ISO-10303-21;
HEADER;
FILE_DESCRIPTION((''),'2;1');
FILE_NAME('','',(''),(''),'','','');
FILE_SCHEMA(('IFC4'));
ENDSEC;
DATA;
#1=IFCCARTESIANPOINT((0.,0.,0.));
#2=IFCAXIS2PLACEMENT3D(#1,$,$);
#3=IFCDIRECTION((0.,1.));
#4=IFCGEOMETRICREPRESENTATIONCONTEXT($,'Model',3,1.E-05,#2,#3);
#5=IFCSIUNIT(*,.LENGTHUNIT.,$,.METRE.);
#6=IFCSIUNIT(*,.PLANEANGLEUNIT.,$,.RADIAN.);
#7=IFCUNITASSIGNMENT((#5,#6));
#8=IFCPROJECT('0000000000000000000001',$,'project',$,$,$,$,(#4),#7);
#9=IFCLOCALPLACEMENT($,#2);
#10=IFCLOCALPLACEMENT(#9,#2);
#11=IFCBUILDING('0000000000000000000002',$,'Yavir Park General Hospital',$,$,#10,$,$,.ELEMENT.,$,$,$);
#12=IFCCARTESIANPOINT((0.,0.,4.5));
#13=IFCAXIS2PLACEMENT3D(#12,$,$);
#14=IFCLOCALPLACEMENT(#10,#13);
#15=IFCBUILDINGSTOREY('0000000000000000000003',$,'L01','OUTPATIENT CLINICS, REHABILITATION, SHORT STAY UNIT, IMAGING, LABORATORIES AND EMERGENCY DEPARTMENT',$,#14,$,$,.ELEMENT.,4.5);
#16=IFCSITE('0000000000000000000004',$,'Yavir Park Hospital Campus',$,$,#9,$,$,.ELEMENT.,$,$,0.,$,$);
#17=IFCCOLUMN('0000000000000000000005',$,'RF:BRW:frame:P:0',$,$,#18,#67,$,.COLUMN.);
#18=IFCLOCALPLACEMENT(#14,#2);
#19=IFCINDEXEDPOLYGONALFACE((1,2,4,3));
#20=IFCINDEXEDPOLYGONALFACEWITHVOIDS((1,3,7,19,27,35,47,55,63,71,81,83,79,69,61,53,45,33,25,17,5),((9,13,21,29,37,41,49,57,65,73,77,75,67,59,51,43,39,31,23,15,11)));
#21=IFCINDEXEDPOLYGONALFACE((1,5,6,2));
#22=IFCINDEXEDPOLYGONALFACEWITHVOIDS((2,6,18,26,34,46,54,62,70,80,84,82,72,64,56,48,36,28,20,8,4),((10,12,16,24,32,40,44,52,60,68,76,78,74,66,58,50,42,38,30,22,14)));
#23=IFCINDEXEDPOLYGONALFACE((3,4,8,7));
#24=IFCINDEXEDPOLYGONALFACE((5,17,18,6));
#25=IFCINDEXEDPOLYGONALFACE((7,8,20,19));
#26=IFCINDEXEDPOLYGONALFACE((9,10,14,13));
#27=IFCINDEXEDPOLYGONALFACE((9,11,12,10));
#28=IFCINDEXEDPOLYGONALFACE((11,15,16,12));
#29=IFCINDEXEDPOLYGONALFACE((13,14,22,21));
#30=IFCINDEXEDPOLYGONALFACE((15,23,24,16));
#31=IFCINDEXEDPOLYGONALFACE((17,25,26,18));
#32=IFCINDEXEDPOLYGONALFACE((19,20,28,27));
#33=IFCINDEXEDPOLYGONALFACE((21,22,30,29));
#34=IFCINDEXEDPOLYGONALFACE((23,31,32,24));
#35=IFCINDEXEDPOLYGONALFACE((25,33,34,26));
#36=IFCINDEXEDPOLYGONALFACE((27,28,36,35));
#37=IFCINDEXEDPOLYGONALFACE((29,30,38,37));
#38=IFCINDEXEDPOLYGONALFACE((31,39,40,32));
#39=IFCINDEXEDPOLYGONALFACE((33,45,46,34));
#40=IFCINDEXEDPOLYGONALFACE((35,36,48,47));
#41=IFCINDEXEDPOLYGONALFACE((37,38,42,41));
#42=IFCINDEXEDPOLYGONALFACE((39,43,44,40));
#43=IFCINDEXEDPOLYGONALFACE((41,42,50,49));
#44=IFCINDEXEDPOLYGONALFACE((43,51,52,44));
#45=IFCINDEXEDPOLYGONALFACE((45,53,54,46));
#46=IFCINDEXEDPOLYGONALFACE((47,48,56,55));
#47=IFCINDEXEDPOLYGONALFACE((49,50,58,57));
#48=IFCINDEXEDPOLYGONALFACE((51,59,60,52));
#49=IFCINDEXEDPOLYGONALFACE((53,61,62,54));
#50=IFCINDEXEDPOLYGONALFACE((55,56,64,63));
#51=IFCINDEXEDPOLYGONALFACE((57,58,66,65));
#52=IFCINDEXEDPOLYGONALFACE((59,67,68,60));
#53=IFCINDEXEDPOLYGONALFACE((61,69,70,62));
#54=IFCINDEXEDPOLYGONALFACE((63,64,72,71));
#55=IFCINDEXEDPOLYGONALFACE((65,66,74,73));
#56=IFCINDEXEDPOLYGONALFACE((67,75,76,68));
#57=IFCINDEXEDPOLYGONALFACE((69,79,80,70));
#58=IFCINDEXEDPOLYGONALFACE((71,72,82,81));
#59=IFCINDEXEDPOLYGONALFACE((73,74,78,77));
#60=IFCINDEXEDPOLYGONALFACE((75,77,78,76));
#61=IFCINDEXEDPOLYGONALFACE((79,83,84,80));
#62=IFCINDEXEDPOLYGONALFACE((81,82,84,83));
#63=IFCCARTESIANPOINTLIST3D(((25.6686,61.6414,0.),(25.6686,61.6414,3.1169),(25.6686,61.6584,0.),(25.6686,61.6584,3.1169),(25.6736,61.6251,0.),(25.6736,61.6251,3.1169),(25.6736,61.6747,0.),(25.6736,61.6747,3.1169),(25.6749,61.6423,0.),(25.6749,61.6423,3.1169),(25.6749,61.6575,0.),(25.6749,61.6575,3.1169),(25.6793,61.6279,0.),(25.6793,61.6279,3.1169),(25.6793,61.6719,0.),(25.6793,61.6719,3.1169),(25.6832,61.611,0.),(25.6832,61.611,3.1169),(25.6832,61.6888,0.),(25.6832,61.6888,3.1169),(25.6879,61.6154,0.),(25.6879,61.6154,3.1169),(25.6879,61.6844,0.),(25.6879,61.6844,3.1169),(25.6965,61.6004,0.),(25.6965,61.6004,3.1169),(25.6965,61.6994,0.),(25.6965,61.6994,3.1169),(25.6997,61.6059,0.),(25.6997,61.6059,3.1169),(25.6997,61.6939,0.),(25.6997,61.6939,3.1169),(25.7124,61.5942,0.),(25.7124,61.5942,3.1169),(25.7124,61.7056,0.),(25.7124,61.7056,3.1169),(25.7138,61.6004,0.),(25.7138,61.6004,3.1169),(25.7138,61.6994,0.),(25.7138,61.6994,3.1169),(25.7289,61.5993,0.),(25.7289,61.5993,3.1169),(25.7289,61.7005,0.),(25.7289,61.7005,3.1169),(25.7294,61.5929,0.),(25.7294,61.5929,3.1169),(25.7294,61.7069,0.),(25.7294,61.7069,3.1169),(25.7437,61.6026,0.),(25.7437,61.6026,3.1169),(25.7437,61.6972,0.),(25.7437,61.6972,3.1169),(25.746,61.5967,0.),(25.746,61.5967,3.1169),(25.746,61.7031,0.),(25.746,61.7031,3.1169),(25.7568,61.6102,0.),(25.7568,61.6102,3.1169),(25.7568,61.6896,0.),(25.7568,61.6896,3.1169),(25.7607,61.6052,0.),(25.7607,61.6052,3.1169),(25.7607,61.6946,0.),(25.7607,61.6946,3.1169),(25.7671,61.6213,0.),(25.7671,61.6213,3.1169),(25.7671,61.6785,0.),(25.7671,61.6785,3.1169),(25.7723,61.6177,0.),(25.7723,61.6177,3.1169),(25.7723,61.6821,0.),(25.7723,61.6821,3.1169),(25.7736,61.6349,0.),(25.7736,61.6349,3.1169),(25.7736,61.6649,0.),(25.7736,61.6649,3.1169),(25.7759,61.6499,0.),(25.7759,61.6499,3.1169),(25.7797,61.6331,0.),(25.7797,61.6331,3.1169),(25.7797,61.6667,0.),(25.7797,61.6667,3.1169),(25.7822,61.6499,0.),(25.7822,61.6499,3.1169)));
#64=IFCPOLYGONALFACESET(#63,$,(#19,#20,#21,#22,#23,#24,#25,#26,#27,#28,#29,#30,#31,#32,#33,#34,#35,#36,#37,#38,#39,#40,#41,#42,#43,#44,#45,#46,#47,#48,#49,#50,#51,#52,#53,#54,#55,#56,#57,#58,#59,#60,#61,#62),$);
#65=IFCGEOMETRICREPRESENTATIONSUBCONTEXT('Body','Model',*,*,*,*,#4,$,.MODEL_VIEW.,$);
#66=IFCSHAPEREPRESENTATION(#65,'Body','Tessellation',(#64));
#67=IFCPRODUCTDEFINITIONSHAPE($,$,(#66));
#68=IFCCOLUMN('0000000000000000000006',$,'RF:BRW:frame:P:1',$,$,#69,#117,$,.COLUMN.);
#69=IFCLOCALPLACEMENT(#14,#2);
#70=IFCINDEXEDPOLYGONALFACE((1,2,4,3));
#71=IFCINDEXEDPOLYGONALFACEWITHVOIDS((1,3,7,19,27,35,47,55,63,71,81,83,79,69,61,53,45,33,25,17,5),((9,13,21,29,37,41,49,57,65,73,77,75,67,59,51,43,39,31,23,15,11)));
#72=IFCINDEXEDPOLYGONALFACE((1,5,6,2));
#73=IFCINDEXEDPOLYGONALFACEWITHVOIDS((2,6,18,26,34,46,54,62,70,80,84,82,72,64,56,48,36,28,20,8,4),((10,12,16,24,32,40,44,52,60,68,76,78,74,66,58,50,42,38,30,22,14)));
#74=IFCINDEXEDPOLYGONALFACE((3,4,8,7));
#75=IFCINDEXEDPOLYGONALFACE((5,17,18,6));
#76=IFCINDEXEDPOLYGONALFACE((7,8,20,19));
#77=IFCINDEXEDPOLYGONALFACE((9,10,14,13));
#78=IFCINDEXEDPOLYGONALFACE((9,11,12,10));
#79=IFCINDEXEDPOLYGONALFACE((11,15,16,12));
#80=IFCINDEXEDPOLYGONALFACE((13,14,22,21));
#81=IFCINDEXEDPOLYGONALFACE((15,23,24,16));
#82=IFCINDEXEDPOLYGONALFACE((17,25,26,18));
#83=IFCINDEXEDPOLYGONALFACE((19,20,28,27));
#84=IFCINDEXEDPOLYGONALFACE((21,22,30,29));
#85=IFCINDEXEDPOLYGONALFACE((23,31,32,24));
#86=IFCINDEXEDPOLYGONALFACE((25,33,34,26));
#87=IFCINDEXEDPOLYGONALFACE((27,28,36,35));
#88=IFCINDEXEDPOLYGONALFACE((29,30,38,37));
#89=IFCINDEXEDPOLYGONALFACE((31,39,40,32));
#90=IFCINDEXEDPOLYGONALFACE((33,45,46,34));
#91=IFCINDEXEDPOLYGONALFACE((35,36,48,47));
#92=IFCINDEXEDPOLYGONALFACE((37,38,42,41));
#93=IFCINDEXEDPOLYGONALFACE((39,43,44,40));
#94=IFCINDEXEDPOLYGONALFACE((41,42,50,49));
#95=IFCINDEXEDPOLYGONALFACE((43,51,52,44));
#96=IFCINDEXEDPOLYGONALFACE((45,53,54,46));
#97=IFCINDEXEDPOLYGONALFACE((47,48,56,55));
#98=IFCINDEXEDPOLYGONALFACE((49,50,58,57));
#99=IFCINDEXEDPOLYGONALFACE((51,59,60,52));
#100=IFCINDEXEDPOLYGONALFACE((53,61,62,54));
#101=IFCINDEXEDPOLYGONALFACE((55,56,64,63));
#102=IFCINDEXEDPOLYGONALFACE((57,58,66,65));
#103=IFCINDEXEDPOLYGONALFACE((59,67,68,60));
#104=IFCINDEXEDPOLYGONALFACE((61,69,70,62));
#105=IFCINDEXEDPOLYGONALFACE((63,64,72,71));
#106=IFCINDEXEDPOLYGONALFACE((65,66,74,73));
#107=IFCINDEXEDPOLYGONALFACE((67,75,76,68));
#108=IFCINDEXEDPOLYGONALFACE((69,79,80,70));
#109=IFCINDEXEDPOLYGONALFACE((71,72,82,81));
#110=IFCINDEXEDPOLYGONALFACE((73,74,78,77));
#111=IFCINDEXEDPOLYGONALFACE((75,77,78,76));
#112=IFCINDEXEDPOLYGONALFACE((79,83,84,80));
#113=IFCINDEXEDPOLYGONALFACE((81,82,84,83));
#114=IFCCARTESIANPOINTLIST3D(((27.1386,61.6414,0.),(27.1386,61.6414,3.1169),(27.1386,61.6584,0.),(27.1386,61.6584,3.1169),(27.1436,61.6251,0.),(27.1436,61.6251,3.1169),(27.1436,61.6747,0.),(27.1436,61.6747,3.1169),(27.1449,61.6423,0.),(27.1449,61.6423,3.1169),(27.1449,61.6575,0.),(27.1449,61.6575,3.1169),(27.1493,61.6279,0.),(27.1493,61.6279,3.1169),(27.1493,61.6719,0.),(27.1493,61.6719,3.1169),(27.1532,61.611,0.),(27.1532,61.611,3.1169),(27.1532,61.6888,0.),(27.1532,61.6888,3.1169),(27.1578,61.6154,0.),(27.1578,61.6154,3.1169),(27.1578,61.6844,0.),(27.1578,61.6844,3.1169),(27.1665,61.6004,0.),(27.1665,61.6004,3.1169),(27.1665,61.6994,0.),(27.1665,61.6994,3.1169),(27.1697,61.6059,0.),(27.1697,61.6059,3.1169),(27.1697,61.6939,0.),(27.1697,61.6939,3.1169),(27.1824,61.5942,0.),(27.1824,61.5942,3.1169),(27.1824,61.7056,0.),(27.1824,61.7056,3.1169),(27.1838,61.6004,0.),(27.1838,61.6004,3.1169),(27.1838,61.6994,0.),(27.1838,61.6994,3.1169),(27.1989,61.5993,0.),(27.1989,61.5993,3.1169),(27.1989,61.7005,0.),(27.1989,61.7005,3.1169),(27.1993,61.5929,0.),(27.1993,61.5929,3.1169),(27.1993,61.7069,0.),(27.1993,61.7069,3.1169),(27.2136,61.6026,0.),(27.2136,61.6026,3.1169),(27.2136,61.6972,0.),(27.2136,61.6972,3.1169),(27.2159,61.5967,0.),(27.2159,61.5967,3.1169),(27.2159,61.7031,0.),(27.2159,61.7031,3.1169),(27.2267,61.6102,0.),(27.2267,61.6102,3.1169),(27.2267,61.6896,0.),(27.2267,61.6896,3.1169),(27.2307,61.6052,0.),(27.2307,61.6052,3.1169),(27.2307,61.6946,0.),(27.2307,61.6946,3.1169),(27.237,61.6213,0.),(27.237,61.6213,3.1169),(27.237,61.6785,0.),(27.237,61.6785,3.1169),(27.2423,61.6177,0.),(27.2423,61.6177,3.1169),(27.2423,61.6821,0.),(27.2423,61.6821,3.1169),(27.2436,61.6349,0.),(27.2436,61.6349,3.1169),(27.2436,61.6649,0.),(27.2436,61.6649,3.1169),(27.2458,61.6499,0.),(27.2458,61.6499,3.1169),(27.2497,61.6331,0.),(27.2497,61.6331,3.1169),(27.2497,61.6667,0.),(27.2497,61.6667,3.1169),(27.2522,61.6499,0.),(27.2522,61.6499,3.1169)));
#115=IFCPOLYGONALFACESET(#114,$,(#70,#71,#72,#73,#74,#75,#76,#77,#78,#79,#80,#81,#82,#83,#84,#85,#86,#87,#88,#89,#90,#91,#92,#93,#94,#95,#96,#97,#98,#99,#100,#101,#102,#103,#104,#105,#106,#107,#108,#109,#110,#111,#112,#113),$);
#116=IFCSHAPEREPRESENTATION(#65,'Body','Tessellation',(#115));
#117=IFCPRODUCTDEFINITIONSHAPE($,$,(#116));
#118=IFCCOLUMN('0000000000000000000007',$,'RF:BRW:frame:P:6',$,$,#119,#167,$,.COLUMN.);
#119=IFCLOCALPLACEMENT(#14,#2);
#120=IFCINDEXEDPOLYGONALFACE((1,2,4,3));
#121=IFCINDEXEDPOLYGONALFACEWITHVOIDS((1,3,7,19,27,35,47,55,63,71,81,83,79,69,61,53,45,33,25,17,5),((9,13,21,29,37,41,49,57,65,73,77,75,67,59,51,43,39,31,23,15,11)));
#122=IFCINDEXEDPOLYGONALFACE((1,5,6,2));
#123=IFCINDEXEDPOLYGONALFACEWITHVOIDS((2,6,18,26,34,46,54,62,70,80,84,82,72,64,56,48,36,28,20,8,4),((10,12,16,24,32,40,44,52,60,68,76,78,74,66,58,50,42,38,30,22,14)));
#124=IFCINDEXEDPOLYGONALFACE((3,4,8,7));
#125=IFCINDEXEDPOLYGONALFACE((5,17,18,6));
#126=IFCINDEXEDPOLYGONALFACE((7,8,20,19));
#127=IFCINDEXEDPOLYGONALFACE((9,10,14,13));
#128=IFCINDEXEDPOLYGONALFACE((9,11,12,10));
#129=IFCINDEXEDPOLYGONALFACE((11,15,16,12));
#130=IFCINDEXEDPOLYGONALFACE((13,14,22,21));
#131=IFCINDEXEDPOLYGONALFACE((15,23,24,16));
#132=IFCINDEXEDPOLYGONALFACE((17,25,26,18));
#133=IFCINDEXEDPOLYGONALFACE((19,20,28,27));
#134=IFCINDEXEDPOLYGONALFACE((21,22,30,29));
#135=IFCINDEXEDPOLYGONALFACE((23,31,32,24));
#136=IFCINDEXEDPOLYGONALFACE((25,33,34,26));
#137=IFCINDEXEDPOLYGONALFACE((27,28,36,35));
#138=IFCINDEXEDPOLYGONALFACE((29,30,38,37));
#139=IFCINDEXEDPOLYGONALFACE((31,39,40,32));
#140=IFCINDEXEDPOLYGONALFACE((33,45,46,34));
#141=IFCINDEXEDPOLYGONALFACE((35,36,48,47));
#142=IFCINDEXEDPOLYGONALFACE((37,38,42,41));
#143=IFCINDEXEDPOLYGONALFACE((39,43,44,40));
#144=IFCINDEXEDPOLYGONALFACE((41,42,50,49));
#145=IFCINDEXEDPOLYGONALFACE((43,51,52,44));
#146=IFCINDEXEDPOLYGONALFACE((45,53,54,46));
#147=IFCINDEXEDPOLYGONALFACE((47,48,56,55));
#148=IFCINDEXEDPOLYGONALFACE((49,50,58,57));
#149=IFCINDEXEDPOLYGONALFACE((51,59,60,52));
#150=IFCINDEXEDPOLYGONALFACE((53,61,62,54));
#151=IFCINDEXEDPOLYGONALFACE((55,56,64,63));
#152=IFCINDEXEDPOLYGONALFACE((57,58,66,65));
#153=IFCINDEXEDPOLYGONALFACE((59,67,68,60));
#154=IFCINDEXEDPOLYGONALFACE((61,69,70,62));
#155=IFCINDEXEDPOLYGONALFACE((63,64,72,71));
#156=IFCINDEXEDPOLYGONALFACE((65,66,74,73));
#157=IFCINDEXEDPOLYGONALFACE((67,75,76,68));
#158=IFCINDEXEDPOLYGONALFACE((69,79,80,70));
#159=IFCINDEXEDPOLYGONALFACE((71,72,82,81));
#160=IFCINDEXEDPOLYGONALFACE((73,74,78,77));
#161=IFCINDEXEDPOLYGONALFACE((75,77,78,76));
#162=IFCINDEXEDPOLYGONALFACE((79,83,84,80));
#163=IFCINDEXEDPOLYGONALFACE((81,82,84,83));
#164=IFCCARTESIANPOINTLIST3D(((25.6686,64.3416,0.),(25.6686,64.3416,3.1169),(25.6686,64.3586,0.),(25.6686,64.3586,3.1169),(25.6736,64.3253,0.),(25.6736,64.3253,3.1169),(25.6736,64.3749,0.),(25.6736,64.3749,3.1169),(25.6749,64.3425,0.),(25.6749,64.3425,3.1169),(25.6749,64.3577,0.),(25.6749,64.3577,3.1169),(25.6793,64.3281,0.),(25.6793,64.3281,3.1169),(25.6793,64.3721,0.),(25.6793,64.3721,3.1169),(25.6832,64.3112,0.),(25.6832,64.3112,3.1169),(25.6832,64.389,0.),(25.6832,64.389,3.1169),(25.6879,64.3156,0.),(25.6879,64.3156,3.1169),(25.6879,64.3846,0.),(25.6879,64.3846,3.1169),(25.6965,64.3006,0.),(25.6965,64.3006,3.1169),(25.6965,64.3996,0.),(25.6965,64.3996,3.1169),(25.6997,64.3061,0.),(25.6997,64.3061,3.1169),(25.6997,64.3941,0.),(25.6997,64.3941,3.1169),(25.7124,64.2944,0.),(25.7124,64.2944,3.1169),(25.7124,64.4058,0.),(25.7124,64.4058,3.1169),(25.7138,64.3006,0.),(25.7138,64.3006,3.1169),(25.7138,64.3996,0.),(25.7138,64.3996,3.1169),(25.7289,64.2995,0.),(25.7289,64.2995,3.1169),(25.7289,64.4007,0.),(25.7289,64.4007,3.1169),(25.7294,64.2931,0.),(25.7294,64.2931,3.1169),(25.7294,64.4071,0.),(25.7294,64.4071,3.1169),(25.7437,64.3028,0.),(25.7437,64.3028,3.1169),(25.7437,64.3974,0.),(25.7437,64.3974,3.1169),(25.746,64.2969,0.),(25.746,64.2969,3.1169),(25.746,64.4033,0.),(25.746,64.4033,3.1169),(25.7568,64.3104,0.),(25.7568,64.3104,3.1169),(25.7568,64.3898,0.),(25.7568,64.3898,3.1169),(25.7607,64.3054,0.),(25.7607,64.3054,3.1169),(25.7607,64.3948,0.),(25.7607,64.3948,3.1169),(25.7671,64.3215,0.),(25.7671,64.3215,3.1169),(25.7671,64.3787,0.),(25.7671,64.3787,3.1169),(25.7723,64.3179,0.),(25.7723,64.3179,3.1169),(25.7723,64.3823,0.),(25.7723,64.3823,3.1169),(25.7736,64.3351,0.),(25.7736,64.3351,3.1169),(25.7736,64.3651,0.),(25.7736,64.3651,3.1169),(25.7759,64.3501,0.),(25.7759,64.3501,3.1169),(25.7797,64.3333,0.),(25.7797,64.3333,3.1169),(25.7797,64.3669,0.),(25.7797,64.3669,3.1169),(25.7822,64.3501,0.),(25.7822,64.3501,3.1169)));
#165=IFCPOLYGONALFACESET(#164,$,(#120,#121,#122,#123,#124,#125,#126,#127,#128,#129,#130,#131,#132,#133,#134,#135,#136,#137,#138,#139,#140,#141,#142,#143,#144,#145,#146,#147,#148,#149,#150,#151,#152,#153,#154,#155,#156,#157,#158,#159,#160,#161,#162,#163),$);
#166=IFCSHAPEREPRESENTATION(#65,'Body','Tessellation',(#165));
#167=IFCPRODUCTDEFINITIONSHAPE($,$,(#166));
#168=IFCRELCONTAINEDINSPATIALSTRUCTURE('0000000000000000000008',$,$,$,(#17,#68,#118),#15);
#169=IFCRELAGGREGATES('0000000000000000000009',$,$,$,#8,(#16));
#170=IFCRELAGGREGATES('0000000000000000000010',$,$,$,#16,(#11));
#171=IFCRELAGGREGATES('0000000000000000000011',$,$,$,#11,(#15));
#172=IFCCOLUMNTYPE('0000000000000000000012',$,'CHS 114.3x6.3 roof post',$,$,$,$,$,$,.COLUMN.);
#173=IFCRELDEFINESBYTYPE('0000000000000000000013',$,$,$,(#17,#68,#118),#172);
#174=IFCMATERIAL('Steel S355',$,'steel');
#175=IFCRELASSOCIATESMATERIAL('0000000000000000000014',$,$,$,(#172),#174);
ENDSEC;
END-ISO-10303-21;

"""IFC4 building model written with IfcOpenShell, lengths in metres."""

from ifc_helpers import new_model, si_unit, direction, frame, origin, origin_2d, place, context, subcontext, project, spatial, hollow_circle, extrude, material, material_profile, profile_set, type_object, element, save


model = new_model("IFC4")

# Units and contexts
model_context = context("Model", 3, precision=1e-05, world=origin(), true_north=direction((0.0, 1.0)))
body_context = subcontext(model_context, "Body", "Model", "MODEL_VIEW")
ifc_project = project(units=[si_unit("LENGTHUNIT", "METRE"), si_unit("PLANEANGLEUNIT", "RADIAN")], contexts=[model_context])

# Site, building, storey
site_placement = place(None, origin())
site = spatial("IfcSite", under=ifc_project, at=site_placement, Name="Yavir Park Hospital Campus", CompositionType="ELEMENT", RefElevation=0.0)
building_placement = place(site_placement, origin())
building = spatial("IfcBuilding", under=site, at=building_placement, Name="Yavir Park General Hospital", CompositionType="ELEMENT")
storey_placement = place(building_placement, frame((0.0, 0.0, 4.5)))
storey = spatial("IfcBuildingStorey", under=building, at=storey_placement, Name="L01", Description="OUTPATIENT CLINICS, REHABILITATION, SHORT STAY UNIT, IMAGING, LABORATORIES AND EMERGENCY DEPARTMENT", CompositionType="ELEMENT", Elevation=4.5)

# Columns
ifc_material_1 = material(Name="Steel S355", Category="steel")
ifc_material_profile_1 = material_profile(ifc_material_1, hollow_circle(Radius=0.0571, WallThickness=0.0063, at=origin_2d()), Name="CHS114.3x6.3")
ifc_profile_set_1 = profile_set([ifc_material_profile_1], Name="Steel S355")
column_type = type_object("IfcColumnType", Name="CHS 114.3x6.3 roof post", PredefinedType="COLUMN", material=ifc_profile_set_1)
for number, where, z_axis, x_axis, name in (
    (1, (25.7251, 61.6499, 0.0), (0.0, 0.0, 1.0), (1.0, 0.0, 0.0), "RF:BRW:frame:P:0"),
    (2, (27.1951, 61.6499, 0.0), (0.0, 0.0, 1.0), (1.0, 0.0, 0.0), "RF:BRW:frame:P:1"),
    (3, (25.7251, 64.3501, 0.0), (0.0, 0.0, 1.0), (1.0, 0.0, 0.0), "RF:BRW:frame:P:6"),
):
    element("IfcColumn", number, at=place(storey_placement, frame(where, z_axis=z_axis, x_axis=x_axis)), inside=storey, type_object=column_type, Name=name, PredefinedType="COLUMN", context=body_context, shape_type="SweptSolid", body=[
        extrude(hollow_circle(Radius=0.0571, WallThickness=0.0063, at=origin_2d()), origin(), (0.0, 0.0, 1.0), 3.1169),
    ])

save(model, "model.ifc")
